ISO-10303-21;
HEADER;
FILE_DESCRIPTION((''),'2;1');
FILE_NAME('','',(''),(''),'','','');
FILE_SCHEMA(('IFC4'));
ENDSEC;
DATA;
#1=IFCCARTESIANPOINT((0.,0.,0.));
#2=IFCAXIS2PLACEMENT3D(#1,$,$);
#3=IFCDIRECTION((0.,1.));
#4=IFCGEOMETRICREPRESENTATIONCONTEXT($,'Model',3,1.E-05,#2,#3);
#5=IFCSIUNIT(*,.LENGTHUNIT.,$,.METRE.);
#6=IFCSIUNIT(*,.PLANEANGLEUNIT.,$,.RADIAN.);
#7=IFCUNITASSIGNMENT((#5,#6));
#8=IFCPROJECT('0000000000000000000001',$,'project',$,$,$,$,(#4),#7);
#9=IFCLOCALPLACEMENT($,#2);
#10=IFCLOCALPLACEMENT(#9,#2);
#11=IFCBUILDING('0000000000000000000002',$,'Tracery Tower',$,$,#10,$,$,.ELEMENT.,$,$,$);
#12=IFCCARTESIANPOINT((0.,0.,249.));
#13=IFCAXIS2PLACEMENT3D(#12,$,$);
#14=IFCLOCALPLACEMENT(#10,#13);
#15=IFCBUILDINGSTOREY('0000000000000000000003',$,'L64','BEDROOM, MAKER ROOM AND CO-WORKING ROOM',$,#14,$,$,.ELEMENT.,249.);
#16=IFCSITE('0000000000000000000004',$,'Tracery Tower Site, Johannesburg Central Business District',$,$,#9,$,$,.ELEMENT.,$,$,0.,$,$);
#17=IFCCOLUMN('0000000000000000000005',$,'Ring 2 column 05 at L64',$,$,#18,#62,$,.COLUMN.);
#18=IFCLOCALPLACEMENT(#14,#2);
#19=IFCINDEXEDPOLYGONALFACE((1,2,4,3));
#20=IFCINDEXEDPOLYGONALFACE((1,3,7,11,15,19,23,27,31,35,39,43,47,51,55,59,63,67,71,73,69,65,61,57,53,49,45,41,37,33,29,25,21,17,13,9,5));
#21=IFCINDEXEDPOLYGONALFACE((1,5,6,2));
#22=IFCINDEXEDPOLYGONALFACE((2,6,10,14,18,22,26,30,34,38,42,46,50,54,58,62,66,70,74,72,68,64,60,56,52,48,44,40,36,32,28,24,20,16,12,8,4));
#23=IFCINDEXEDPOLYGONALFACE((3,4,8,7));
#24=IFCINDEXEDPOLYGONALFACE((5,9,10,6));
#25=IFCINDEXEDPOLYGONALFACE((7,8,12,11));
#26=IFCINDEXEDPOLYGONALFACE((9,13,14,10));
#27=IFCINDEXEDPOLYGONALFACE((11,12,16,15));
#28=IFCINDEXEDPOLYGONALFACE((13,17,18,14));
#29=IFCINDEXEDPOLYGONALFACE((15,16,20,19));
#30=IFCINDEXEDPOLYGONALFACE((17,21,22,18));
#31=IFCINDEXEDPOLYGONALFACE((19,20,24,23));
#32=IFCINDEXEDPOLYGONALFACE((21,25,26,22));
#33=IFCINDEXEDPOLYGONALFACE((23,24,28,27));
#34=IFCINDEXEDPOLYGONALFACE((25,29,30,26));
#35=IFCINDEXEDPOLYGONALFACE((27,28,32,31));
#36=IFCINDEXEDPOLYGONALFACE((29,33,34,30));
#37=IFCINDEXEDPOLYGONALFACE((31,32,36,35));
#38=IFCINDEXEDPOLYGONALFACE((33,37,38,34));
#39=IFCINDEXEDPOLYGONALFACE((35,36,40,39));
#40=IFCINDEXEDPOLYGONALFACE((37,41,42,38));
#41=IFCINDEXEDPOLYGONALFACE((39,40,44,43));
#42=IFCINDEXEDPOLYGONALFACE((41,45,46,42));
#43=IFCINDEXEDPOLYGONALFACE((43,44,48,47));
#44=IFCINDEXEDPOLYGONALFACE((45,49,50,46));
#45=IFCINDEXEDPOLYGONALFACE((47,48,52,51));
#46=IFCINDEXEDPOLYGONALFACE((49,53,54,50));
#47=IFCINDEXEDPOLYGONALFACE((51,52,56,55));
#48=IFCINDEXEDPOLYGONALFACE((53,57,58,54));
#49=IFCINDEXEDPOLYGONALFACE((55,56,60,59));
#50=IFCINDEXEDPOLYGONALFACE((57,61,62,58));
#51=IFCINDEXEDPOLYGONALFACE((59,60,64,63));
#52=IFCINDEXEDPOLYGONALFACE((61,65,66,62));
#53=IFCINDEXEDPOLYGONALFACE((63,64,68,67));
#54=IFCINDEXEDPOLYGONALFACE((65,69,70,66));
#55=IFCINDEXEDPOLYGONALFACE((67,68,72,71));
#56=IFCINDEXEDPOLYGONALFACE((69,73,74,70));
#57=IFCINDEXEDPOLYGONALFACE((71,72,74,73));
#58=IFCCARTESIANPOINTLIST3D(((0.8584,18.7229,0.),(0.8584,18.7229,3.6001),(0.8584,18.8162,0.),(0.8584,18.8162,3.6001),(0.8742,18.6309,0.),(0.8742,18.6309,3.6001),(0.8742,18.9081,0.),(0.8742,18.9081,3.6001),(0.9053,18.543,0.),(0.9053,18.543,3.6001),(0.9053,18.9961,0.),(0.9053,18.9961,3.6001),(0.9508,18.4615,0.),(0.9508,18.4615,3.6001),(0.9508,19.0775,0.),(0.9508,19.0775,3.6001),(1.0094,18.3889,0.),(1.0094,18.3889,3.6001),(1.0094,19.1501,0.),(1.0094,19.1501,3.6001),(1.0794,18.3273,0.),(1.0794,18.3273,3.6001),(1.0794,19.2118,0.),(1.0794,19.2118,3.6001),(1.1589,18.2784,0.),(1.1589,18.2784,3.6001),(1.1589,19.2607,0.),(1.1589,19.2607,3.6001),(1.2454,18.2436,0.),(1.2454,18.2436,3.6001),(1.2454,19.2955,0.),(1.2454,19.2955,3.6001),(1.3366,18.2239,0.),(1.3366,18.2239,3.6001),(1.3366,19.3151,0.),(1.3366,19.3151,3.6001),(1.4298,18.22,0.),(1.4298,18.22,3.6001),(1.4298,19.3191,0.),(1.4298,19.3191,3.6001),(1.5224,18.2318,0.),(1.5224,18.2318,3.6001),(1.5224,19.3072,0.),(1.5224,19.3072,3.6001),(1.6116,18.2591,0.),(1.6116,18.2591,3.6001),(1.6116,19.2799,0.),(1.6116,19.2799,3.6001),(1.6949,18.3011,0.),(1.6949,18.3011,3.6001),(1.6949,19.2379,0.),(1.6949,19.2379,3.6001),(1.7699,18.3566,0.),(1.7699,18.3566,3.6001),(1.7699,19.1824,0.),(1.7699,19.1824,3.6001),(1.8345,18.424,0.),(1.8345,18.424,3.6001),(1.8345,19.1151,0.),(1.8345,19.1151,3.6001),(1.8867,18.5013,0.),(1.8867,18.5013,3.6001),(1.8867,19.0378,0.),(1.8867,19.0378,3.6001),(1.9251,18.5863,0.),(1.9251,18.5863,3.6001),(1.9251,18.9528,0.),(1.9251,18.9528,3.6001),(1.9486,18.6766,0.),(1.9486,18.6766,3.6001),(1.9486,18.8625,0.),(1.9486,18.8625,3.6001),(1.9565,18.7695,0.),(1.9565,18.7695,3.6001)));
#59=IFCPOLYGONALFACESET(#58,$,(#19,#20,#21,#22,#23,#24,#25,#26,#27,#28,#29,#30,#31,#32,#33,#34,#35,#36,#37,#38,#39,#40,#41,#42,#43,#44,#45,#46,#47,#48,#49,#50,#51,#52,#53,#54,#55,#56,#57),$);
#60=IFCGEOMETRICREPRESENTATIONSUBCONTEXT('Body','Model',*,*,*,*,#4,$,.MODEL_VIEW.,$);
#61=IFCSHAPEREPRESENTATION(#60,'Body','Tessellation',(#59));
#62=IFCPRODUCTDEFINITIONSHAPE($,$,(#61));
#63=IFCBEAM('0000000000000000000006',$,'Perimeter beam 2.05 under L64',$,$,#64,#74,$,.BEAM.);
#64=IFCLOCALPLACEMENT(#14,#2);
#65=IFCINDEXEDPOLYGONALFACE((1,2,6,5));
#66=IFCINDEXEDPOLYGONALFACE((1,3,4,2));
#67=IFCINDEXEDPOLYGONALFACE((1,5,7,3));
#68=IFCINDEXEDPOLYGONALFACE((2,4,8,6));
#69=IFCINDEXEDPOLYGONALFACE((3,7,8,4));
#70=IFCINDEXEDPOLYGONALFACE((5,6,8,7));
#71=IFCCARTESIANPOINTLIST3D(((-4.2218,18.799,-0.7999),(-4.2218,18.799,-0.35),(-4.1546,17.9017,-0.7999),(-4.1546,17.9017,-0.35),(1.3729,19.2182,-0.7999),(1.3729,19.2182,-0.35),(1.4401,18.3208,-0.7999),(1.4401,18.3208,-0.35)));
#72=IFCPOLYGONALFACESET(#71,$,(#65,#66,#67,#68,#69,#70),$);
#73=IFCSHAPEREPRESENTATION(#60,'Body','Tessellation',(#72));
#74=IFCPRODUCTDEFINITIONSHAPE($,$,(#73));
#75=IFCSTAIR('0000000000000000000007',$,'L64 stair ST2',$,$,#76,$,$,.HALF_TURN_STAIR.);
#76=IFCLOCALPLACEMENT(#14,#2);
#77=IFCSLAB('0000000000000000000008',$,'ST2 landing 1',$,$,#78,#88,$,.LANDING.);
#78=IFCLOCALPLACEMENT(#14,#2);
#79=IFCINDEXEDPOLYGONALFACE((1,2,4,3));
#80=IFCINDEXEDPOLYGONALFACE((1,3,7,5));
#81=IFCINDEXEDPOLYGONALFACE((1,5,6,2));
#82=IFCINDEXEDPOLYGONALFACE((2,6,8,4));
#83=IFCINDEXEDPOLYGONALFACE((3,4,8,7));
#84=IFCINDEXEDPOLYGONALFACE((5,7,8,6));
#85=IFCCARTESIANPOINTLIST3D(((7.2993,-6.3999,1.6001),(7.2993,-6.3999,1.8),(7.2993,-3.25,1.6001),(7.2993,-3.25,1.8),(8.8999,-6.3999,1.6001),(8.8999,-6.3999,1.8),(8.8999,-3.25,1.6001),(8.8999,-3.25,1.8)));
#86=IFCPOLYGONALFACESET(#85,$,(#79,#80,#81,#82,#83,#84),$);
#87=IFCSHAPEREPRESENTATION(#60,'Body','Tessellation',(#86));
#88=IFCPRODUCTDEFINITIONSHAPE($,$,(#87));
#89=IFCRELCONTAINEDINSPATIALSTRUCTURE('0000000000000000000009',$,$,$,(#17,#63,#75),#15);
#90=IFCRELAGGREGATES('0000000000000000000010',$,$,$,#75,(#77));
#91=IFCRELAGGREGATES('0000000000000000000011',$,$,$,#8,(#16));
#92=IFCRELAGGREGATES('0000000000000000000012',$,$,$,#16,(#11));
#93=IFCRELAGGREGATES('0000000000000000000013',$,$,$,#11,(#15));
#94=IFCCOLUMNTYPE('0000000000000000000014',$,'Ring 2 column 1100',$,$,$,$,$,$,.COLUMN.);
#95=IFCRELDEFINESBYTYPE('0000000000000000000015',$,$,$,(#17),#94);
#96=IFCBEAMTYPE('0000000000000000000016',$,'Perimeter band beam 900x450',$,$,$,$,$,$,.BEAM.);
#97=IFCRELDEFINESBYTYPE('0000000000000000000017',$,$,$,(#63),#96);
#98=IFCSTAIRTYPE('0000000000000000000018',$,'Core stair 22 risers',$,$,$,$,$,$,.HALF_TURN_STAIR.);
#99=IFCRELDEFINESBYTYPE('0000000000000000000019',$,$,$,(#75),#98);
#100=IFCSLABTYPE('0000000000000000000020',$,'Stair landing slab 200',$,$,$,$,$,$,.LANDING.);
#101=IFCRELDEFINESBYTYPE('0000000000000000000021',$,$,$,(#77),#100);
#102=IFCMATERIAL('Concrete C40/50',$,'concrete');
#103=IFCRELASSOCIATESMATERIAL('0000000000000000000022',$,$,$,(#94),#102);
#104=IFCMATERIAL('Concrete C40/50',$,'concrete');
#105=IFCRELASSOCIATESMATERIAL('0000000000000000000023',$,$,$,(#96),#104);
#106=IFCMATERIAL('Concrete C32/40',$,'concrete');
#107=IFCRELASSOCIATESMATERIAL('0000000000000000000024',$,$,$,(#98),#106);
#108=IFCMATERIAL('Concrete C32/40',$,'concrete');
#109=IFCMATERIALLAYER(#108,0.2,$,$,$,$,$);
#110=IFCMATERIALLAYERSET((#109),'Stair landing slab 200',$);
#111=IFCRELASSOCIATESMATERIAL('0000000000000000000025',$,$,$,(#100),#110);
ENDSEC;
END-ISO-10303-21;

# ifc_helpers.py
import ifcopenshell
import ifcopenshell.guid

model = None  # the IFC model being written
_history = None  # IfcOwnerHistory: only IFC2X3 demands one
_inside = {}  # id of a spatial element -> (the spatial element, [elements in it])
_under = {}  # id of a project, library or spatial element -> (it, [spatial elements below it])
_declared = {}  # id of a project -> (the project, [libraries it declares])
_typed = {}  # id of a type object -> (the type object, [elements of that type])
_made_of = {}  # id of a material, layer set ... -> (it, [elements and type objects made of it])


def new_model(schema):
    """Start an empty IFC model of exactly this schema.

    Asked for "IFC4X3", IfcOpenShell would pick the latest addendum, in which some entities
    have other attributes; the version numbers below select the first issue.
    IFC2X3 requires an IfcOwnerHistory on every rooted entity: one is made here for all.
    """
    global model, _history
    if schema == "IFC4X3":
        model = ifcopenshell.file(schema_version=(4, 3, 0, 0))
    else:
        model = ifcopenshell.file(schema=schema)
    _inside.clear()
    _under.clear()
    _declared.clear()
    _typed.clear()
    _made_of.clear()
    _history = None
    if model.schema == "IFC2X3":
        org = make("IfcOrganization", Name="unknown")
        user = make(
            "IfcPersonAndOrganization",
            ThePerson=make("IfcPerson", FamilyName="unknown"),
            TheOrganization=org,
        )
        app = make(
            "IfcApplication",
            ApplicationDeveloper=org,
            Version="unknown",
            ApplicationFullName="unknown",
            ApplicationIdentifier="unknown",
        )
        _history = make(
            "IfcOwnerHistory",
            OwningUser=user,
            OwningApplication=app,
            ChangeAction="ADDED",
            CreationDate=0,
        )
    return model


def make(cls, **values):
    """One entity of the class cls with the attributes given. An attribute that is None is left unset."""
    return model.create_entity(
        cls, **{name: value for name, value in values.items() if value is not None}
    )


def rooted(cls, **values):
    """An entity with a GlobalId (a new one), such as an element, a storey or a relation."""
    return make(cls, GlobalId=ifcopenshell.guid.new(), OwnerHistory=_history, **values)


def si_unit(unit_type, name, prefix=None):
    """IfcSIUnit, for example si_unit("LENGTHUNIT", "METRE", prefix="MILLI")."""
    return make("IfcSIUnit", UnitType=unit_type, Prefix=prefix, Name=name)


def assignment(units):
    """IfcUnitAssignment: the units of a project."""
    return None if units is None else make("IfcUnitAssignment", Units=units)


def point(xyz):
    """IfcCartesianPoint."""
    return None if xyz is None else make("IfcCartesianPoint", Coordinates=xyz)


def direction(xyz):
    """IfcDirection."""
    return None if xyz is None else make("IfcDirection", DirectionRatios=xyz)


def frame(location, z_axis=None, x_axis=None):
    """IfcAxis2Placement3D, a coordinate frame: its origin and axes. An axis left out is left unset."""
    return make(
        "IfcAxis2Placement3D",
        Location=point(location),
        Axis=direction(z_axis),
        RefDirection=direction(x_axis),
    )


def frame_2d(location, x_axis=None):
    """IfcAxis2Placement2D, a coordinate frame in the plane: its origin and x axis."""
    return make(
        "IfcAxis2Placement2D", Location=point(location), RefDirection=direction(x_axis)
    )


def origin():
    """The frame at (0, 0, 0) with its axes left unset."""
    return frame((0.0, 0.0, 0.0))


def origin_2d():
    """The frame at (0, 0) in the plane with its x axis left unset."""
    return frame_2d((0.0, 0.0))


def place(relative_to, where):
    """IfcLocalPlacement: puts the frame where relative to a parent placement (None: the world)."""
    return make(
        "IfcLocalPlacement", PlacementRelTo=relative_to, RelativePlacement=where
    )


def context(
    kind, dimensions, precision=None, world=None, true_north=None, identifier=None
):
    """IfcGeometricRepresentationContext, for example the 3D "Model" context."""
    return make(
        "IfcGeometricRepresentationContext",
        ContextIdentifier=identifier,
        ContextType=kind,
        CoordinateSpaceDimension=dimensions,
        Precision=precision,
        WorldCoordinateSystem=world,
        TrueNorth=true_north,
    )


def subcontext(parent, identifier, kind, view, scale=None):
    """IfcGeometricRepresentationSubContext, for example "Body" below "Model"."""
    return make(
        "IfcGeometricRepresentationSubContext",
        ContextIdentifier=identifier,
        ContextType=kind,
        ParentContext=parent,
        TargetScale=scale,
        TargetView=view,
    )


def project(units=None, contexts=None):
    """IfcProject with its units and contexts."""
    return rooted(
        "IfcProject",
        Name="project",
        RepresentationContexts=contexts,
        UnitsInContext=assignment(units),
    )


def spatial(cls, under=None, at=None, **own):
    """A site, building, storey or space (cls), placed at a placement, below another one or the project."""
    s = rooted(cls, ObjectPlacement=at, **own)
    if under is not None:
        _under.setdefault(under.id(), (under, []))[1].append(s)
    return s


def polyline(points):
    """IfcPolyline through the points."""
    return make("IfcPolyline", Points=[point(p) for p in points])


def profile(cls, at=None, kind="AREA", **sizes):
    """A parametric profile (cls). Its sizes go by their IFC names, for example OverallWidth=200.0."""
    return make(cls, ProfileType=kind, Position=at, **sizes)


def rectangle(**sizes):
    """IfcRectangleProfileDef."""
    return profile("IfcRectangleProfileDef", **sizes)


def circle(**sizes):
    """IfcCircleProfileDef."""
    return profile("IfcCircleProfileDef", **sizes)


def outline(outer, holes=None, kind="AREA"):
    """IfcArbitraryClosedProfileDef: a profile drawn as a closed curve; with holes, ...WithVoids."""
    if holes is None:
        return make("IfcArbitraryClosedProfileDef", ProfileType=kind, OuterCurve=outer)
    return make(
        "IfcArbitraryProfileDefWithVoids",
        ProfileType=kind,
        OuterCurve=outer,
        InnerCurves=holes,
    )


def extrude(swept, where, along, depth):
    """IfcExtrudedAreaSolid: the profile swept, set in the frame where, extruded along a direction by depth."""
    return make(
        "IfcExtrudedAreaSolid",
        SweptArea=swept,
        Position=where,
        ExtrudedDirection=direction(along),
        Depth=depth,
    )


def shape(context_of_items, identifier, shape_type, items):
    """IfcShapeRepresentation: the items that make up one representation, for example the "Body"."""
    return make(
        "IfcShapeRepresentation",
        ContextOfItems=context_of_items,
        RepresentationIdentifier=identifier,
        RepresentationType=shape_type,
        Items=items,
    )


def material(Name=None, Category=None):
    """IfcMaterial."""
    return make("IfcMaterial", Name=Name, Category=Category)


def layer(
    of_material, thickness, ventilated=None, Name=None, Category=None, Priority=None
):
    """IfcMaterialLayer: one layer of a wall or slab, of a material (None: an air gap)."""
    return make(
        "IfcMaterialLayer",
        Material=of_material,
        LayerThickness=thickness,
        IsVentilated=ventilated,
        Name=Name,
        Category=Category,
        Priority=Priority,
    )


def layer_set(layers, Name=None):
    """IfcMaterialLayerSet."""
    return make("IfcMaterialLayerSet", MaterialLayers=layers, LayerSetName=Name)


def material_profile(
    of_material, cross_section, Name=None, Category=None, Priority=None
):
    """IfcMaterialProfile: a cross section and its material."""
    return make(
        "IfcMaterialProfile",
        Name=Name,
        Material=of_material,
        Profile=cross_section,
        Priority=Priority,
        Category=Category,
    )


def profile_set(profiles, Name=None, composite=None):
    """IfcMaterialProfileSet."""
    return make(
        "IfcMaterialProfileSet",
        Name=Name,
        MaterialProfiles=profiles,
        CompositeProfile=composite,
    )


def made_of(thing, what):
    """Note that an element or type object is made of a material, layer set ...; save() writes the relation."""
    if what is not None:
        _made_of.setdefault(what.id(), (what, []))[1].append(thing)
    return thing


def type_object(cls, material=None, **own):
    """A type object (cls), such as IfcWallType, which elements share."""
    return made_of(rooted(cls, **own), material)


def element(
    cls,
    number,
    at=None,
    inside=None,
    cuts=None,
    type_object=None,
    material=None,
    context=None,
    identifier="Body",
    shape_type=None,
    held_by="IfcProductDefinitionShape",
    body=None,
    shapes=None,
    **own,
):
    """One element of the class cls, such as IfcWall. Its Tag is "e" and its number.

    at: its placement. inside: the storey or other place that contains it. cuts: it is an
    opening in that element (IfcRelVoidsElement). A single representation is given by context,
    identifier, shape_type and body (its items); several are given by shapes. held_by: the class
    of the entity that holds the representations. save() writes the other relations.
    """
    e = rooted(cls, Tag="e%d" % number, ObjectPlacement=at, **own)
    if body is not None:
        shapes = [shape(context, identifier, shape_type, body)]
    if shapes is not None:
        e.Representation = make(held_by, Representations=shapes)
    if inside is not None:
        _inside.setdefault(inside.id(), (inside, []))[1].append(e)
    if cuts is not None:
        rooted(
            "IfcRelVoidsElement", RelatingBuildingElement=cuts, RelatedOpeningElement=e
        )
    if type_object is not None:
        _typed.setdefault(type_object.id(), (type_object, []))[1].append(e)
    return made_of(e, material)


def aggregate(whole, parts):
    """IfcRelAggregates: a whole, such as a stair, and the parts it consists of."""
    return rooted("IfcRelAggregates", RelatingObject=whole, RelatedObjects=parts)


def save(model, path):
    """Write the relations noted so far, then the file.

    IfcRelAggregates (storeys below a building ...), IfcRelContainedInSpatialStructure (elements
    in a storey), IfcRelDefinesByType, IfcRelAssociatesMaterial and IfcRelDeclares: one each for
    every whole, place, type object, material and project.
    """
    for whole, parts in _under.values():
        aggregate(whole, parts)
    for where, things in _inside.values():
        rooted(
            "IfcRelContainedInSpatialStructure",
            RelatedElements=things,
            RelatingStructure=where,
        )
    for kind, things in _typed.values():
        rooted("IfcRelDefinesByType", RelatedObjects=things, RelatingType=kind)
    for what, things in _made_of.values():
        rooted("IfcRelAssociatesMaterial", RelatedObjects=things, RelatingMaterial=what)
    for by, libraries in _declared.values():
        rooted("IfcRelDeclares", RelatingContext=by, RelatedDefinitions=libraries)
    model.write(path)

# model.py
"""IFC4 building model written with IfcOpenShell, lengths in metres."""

from ifc_helpers import new_model, si_unit, direction, frame, origin, origin_2d, place, context, subcontext, project, spatial, polyline, rectangle, circle, outline, extrude, material, layer, layer_set, material_profile, profile_set, type_object, element, aggregate, save


model = new_model("IFC4")

# Units and contexts
model_context = context("Model", 3, precision=1e-05, world=origin(), true_north=direction((0.0, 1.0)))
body_context = subcontext(model_context, "Body", "Model", "MODEL_VIEW")
ifc_project = project(units=[si_unit("LENGTHUNIT", "METRE"), si_unit("PLANEANGLEUNIT", "RADIAN")], contexts=[model_context])

# Site, building, storey
site_placement = place(None, origin())
site = spatial("IfcSite", under=ifc_project, at=site_placement, Name="Tracery Tower Site, Johannesburg Central Business District", CompositionType="ELEMENT", RefElevation=0.0)
building_placement = place(site_placement, origin())
building = spatial("IfcBuilding", under=site, at=building_placement, Name="Tracery Tower", CompositionType="ELEMENT")
storey_placement = place(building_placement, frame((0.0, 0.0, 249.0)))
storey = spatial("IfcBuildingStorey", under=building, at=storey_placement, Name="L64", Description="BEDROOM, MAKER ROOM AND CO-WORKING ROOM", CompositionType="ELEMENT", Elevation=249.0)

# Column
ifc_material_1 = material(Name="Concrete C40/50", Category="concrete")
ifc_material_profile_1 = material_profile(ifc_material_1, circle(Radius=0.55, at=origin_2d()), Name="RC D1100")
ifc_profile_set_1 = profile_set([ifc_material_profile_1], Name="Concrete C40/50")
column_type = type_object("IfcColumnType", Name="Ring 2 column 1100", PredefinedType="COLUMN", material=ifc_profile_set_1)
column_placement = place(storey_placement, frame((1.4065, 18.7695, 0.0), z_axis=(0.0, 0.0, 1.0), x_axis=(1.0, 0.0, 0.0)))
element("IfcColumn", 1, at=column_placement, inside=storey, type_object=column_type, Name="Ring 2 column 05 at L64", PredefinedType="COLUMN", context=body_context, shape_type="SweptSolid", body=[
    extrude(circle(Radius=0.55, at=origin_2d()), origin(), (0.0, 0.0, 1.0), 3.6001),
])

# Beam
ifc_material_2 = material(Name="Concrete C40/50", Category="concrete")
ifc_material_profile_2 = material_profile(ifc_material_2, rectangle(XDim=0.8999, YDim=0.45, at=origin_2d()), Name="RC 900x450")
ifc_profile_set_2 = profile_set([ifc_material_profile_2], Name="Concrete C40/50")
beam_type = type_object("IfcBeamType", Name="Perimeter band beam 900x450", PredefinedType="BEAM", material=ifc_profile_set_2)
beam_placement = place(storey_placement, frame((1.4065, 18.7695, -0.575), z_axis=(-0.997205, -0.074716, 0.0), x_axis=(0.074716, -0.997205, 0.0)))
element("IfcBeam", 2, at=beam_placement, inside=storey, type_object=beam_type, Name="Perimeter beam 2.05 under L64", PredefinedType="BEAM", context=body_context, shape_type="SweptSolid", body=[
    extrude(rectangle(XDim=0.8999, YDim=0.45, at=origin_2d()), origin(), (0.0, 0.0, 1.0), 5.6104),
])

# Stair, slab
ifc_material_3 = material(Name="Concrete C32/40", Category="concrete")
stair_type = type_object("IfcStairType", Name="Core stair 22 risers", PredefinedType="HALF_TURN_STAIR", material=ifc_material_3)
stair_placement = place(storey_placement, origin())
stair = element("IfcStair", 3, at=stair_placement, inside=storey, type_object=stair_type, Name="L64 stair ST2", PredefinedType="HALF_TURN_STAIR")
ifc_material_4 = material(Name="Concrete C32/40", Category="concrete")
ifc_layer_1 = layer(ifc_material_4, 0.2)
ifc_layer_set_1 = layer_set([ifc_layer_1], Name="Stair landing slab 200")
slab_type = type_object("IfcSlabType", Name="Stair landing slab 200", PredefinedType="LANDING", material=ifc_layer_set_1)
slab_placement = place(storey_placement, frame((0.0, 0.0, 1.6001)))
slab = element("IfcSlab", 4, at=slab_placement, type_object=slab_type, Name="ST2 landing 1", PredefinedType="LANDING", context=body_context, shape_type="SweptSolid", body=[
    extrude(outline(polyline([(7.2993, -6.3999), (8.8999, -6.3999), (8.8999, -3.25), (7.2993, -3.25), (7.2993, -6.3999)])), origin(), (0.0, 0.0, 1.0), 0.2),
])
aggregate(stair, [slab])

save(model, "model.ifc")
